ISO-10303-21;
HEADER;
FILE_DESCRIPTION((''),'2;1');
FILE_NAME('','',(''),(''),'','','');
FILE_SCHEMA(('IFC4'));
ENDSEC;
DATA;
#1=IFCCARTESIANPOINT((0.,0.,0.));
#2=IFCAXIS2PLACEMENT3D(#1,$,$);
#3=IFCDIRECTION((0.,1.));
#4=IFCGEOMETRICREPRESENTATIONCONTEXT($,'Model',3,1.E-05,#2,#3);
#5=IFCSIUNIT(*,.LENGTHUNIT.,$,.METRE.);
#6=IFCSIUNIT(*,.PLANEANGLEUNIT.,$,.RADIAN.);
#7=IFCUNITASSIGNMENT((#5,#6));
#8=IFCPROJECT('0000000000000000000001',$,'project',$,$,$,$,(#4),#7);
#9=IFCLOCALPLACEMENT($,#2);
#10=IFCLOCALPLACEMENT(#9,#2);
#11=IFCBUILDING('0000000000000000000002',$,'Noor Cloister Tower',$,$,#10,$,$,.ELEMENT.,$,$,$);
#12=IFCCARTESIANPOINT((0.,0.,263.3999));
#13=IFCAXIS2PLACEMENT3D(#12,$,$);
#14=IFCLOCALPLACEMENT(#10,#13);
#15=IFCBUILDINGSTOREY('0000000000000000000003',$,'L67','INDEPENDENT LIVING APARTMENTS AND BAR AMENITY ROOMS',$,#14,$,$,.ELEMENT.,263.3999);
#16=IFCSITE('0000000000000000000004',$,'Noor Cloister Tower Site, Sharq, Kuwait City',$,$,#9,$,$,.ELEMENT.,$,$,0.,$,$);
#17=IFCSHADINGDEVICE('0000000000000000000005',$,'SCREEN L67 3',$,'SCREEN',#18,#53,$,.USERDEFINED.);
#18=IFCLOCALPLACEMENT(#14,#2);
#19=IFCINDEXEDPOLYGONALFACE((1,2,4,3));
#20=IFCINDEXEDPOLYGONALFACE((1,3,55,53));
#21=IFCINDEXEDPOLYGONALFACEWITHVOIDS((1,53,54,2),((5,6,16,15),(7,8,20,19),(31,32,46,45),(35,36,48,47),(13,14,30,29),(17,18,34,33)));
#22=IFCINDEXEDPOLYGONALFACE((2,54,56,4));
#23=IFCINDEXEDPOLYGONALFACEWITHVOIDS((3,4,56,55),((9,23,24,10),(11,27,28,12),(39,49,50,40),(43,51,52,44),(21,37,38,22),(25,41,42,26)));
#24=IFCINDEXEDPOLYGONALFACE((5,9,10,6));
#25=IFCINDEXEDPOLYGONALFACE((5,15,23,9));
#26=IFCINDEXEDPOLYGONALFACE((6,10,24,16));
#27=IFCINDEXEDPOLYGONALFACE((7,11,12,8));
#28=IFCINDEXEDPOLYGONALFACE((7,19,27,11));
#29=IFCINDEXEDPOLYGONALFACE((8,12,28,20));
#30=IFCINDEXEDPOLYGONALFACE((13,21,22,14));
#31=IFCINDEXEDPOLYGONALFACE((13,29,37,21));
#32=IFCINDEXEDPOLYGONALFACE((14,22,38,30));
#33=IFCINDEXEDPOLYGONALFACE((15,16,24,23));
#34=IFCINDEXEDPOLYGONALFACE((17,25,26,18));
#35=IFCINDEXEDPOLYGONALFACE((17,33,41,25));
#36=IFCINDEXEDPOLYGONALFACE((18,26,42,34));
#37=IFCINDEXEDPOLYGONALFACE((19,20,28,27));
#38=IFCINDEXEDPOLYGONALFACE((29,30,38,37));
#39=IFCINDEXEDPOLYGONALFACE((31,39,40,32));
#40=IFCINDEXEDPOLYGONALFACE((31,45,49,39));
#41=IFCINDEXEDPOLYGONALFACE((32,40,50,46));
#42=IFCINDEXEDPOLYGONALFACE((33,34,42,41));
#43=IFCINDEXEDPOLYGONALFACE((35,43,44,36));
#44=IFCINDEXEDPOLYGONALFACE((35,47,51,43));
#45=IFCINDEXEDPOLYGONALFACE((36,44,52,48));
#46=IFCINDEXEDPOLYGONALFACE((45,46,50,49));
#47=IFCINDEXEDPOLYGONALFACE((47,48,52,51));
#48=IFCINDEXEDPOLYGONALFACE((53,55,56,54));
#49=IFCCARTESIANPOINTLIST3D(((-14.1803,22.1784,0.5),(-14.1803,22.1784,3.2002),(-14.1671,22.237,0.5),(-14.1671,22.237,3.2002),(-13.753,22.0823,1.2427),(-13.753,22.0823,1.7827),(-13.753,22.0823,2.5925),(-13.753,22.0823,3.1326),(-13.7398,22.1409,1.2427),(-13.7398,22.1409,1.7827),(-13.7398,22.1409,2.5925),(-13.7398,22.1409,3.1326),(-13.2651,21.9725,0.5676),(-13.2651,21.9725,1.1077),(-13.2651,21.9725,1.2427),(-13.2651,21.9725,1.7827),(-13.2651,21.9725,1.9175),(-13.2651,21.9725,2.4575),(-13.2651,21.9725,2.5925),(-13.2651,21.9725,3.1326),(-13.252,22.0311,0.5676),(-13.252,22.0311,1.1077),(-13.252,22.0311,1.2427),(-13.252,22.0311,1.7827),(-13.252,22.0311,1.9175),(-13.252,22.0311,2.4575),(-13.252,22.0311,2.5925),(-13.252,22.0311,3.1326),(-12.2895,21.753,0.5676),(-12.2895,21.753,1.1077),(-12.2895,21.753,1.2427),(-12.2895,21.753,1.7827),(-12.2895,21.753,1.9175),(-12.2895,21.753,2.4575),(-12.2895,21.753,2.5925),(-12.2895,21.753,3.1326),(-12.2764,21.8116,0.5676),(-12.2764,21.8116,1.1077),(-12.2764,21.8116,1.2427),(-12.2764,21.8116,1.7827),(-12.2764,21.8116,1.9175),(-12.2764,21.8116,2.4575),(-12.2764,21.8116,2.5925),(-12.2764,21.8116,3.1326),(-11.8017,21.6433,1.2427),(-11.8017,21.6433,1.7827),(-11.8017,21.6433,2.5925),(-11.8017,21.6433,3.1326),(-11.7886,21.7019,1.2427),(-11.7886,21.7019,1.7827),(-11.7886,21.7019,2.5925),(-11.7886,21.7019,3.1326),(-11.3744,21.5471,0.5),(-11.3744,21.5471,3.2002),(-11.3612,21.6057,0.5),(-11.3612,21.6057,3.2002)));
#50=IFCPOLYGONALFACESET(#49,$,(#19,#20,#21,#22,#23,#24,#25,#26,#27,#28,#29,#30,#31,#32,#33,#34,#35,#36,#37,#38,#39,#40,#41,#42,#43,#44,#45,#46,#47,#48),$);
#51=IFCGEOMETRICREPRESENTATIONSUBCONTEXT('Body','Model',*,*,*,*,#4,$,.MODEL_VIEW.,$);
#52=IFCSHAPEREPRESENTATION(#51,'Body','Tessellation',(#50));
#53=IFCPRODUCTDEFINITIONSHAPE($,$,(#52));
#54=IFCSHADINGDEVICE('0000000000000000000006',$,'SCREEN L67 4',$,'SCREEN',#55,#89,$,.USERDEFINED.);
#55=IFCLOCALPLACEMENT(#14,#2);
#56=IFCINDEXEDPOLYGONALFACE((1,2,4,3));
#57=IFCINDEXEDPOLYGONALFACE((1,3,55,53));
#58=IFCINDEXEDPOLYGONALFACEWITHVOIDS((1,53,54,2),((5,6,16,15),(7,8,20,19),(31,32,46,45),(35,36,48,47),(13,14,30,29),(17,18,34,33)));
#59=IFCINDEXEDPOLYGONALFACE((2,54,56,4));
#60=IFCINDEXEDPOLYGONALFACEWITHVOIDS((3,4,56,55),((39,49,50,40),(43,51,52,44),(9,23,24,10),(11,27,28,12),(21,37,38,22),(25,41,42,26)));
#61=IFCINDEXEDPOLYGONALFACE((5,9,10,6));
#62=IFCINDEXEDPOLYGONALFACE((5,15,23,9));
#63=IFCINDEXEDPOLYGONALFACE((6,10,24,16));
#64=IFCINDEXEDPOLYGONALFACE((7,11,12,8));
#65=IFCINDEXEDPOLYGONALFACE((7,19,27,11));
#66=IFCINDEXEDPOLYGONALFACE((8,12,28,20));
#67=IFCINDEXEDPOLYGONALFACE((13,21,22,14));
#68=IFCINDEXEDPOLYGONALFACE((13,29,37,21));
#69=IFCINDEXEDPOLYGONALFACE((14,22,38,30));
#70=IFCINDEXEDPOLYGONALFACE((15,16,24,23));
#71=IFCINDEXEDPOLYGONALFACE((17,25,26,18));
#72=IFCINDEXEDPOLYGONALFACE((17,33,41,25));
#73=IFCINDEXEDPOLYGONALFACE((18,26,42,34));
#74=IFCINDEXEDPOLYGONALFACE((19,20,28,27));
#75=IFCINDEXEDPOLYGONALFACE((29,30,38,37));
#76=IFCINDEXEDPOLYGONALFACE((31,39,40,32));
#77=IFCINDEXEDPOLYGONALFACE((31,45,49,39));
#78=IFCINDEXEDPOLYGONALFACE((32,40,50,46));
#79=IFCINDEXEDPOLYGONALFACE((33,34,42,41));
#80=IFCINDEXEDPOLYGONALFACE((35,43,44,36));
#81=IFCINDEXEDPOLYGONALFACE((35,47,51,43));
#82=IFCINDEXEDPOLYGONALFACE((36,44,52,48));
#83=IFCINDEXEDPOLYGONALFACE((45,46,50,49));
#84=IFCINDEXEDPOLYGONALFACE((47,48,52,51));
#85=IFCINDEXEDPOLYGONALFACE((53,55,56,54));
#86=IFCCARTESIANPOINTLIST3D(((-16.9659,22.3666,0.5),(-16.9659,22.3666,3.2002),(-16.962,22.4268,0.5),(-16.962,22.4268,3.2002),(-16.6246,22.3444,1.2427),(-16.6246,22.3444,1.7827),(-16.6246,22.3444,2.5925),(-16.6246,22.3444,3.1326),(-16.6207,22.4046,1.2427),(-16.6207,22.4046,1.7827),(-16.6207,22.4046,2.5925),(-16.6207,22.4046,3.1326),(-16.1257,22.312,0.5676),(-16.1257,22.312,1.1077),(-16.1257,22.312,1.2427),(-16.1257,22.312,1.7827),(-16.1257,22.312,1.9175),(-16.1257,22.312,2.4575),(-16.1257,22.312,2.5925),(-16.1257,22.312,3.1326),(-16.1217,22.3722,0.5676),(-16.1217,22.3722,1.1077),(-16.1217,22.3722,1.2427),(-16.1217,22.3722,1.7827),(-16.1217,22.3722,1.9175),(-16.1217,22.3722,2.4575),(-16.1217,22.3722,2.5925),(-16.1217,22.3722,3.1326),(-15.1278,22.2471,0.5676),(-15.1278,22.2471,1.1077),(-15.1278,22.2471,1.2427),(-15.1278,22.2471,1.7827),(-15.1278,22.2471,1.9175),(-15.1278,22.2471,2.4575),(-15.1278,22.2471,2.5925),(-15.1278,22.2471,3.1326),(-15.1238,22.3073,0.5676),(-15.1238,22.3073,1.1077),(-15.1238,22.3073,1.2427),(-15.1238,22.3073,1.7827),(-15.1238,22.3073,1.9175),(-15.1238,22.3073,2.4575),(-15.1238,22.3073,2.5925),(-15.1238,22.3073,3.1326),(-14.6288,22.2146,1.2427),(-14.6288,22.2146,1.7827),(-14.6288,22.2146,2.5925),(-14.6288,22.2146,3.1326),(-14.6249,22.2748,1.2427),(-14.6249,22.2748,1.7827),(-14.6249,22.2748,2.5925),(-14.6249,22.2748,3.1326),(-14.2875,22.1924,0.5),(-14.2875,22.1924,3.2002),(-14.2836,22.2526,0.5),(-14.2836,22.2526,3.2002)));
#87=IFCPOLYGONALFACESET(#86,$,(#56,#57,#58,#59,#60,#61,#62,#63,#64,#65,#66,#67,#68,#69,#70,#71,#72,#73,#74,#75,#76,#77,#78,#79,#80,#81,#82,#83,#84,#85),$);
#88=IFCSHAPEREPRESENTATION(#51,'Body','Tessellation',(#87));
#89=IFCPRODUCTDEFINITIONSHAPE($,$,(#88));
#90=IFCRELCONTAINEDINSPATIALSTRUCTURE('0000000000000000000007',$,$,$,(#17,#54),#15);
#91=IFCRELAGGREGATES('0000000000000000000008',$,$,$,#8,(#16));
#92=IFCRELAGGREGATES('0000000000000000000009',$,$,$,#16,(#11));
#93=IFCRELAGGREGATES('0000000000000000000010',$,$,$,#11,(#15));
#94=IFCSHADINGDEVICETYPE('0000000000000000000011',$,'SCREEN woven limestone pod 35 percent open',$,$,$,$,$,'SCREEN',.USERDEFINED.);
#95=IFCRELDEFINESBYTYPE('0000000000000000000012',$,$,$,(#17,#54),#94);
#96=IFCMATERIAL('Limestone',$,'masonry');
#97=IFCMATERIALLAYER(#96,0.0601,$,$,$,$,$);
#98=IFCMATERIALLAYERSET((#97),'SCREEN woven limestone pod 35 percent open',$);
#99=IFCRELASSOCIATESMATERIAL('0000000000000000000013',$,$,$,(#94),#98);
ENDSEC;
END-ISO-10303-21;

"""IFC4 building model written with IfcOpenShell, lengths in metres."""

from ifc_helpers import new_model, si_unit, direction, frame, origin, place, context, subcontext, project, spatial, polyline, outline, extrude, material, layer, layer_set, type_object, element, save


model = new_model("IFC4")

# Units and contexts
model_context = context("Model", 3, precision=1e-05, world=origin(), true_north=direction((0.0, 1.0)))
body_context = subcontext(model_context, "Body", "Model", "MODEL_VIEW")
ifc_project = project(units=[si_unit("LENGTHUNIT", "METRE"), si_unit("PLANEANGLEUNIT", "RADIAN")], contexts=[model_context])

# Site, building, storey
site_placement = place(None, origin())
site = spatial("IfcSite", under=ifc_project, at=site_placement, Name="Noor Cloister Tower Site, Sharq, Kuwait City", CompositionType="ELEMENT", RefElevation=0.0)
building_placement = place(site_placement, origin())
building = spatial("IfcBuilding", under=site, at=building_placement, Name="Noor Cloister Tower", CompositionType="ELEMENT")
storey_placement = place(building_placement, frame((0.0, 0.0, 263.3999)))
storey = spatial("IfcBuildingStorey", under=building, at=storey_placement, Name="L67", Description="INDEPENDENT LIVING APARTMENTS AND BAR AMENITY ROOMS", CompositionType="ELEMENT", Elevation=263.3999)

# Shading devices
ifc_material_1 = material(Name="Limestone", Category="masonry")
ifc_layer_1 = layer(ifc_material_1, 0.0601)
ifc_layer_set_1 = layer_set([ifc_layer_1], Name="SCREEN woven limestone pod 35 percent open")
shading_device_type = type_object("IfcShadingDeviceType", Name="SCREEN woven limestone pod 35 percent open", ElementType="SCREEN", PredefinedType="USERDEFINED", material=ifc_layer_set_1)
shading_device_1_placement = place(storey_placement, frame((-12.7773, 21.8628, 1.8501), z_axis=(0.219512, 0.97561, 0.0), x_axis=(-0.97561, 0.219512, 0.0)))
element("IfcShadingDevice", 1, at=shading_device_1_placement, inside=storey, type_object=shading_device_type, Name="SCREEN L67 3", ObjectType="SCREEN", PredefinedType="USERDEFINED", context=body_context, shape_type="SweptSolid", body=[
    extrude(outline(polyline([(-1.438, -1.3501), (1.438, -1.3501), (1.438, 1.3501), (-1.438, 1.3501), (-1.438, -1.3501)]), holes=[polyline([(-0.5, -1.2825), (0.5, -1.2825), (0.5, -0.7424), (-0.5, -0.7424), (-0.5, -1.2825)]), polyline([(-1.0, -0.6074), (-0.5, -0.6074), (-0.5, -0.0674), (-1.0, -0.0674), (-1.0, -0.6074)]), polyline([(0.5, -0.6074), (1.0, -0.6074), (1.0, -0.0674), (0.5, -0.0674), (0.5, -0.6074)]), polyline([(-0.5, 0.0674), (0.5, 0.0674), (0.5, 0.6074), (-0.5, 0.6074), (-0.5, 0.0674)]), polyline([(-1.0, 0.7424), (-0.5, 0.7424), (-0.5, 1.2825), (-1.0, 1.2825), (-1.0, 0.7424)]), polyline([(0.5, 0.7424), (1.0, 0.7424), (1.0, 1.2825), (0.5, 1.2825), (0.5, 0.7424)])]), origin(), (0.0, 0.0, 1.0), 0.0601),
])
shading_device_2_placement = place(storey_placement, frame((-15.6267, 22.2795, 1.8501), z_axis=(0.064904, 0.997892, 0.0), x_axis=(-0.997892, 0.064904, 0.0)))
element("IfcShadingDevice", 2, at=shading_device_2_placement, inside=storey, type_object=shading_device_type, Name="SCREEN L67 4", ObjectType="SCREEN", PredefinedType="USERDEFINED", context=body_context, shape_type="SweptSolid", body=[
    extrude(outline(polyline([(-1.342, -1.3501), (1.342, -1.3501), (1.342, 1.3501), (-1.342, 1.3501), (-1.342, -1.3501)]), holes=[polyline([(-0.5, -1.2825), (0.5, -1.2825), (0.5, -0.7424), (-0.5, -0.7424), (-0.5, -1.2825)]), polyline([(-1.0, -0.6074), (-0.5, -0.6074), (-0.5, -0.0674), (-1.0, -0.0674), (-1.0, -0.6074)]), polyline([(0.5, -0.6074), (1.0, -0.6074), (1.0, -0.0674), (0.5, -0.0674), (0.5, -0.6074)]), polyline([(-0.5, 0.0674), (0.5, 0.0674), (0.5, 0.6074), (-0.5, 0.6074), (-0.5, 0.0674)]), polyline([(-1.0, 0.7424), (-0.5, 0.7424), (-0.5, 1.2825), (-1.0, 1.2825), (-1.0, 0.7424)]), polyline([(0.5, 0.7424), (1.0, 0.7424), (1.0, 1.2825), (0.5, 1.2825), (0.5, 0.7424)])]), origin(), (0.0, 0.0, 1.0), 0.0603),
])

save(model, "model.ifc")
